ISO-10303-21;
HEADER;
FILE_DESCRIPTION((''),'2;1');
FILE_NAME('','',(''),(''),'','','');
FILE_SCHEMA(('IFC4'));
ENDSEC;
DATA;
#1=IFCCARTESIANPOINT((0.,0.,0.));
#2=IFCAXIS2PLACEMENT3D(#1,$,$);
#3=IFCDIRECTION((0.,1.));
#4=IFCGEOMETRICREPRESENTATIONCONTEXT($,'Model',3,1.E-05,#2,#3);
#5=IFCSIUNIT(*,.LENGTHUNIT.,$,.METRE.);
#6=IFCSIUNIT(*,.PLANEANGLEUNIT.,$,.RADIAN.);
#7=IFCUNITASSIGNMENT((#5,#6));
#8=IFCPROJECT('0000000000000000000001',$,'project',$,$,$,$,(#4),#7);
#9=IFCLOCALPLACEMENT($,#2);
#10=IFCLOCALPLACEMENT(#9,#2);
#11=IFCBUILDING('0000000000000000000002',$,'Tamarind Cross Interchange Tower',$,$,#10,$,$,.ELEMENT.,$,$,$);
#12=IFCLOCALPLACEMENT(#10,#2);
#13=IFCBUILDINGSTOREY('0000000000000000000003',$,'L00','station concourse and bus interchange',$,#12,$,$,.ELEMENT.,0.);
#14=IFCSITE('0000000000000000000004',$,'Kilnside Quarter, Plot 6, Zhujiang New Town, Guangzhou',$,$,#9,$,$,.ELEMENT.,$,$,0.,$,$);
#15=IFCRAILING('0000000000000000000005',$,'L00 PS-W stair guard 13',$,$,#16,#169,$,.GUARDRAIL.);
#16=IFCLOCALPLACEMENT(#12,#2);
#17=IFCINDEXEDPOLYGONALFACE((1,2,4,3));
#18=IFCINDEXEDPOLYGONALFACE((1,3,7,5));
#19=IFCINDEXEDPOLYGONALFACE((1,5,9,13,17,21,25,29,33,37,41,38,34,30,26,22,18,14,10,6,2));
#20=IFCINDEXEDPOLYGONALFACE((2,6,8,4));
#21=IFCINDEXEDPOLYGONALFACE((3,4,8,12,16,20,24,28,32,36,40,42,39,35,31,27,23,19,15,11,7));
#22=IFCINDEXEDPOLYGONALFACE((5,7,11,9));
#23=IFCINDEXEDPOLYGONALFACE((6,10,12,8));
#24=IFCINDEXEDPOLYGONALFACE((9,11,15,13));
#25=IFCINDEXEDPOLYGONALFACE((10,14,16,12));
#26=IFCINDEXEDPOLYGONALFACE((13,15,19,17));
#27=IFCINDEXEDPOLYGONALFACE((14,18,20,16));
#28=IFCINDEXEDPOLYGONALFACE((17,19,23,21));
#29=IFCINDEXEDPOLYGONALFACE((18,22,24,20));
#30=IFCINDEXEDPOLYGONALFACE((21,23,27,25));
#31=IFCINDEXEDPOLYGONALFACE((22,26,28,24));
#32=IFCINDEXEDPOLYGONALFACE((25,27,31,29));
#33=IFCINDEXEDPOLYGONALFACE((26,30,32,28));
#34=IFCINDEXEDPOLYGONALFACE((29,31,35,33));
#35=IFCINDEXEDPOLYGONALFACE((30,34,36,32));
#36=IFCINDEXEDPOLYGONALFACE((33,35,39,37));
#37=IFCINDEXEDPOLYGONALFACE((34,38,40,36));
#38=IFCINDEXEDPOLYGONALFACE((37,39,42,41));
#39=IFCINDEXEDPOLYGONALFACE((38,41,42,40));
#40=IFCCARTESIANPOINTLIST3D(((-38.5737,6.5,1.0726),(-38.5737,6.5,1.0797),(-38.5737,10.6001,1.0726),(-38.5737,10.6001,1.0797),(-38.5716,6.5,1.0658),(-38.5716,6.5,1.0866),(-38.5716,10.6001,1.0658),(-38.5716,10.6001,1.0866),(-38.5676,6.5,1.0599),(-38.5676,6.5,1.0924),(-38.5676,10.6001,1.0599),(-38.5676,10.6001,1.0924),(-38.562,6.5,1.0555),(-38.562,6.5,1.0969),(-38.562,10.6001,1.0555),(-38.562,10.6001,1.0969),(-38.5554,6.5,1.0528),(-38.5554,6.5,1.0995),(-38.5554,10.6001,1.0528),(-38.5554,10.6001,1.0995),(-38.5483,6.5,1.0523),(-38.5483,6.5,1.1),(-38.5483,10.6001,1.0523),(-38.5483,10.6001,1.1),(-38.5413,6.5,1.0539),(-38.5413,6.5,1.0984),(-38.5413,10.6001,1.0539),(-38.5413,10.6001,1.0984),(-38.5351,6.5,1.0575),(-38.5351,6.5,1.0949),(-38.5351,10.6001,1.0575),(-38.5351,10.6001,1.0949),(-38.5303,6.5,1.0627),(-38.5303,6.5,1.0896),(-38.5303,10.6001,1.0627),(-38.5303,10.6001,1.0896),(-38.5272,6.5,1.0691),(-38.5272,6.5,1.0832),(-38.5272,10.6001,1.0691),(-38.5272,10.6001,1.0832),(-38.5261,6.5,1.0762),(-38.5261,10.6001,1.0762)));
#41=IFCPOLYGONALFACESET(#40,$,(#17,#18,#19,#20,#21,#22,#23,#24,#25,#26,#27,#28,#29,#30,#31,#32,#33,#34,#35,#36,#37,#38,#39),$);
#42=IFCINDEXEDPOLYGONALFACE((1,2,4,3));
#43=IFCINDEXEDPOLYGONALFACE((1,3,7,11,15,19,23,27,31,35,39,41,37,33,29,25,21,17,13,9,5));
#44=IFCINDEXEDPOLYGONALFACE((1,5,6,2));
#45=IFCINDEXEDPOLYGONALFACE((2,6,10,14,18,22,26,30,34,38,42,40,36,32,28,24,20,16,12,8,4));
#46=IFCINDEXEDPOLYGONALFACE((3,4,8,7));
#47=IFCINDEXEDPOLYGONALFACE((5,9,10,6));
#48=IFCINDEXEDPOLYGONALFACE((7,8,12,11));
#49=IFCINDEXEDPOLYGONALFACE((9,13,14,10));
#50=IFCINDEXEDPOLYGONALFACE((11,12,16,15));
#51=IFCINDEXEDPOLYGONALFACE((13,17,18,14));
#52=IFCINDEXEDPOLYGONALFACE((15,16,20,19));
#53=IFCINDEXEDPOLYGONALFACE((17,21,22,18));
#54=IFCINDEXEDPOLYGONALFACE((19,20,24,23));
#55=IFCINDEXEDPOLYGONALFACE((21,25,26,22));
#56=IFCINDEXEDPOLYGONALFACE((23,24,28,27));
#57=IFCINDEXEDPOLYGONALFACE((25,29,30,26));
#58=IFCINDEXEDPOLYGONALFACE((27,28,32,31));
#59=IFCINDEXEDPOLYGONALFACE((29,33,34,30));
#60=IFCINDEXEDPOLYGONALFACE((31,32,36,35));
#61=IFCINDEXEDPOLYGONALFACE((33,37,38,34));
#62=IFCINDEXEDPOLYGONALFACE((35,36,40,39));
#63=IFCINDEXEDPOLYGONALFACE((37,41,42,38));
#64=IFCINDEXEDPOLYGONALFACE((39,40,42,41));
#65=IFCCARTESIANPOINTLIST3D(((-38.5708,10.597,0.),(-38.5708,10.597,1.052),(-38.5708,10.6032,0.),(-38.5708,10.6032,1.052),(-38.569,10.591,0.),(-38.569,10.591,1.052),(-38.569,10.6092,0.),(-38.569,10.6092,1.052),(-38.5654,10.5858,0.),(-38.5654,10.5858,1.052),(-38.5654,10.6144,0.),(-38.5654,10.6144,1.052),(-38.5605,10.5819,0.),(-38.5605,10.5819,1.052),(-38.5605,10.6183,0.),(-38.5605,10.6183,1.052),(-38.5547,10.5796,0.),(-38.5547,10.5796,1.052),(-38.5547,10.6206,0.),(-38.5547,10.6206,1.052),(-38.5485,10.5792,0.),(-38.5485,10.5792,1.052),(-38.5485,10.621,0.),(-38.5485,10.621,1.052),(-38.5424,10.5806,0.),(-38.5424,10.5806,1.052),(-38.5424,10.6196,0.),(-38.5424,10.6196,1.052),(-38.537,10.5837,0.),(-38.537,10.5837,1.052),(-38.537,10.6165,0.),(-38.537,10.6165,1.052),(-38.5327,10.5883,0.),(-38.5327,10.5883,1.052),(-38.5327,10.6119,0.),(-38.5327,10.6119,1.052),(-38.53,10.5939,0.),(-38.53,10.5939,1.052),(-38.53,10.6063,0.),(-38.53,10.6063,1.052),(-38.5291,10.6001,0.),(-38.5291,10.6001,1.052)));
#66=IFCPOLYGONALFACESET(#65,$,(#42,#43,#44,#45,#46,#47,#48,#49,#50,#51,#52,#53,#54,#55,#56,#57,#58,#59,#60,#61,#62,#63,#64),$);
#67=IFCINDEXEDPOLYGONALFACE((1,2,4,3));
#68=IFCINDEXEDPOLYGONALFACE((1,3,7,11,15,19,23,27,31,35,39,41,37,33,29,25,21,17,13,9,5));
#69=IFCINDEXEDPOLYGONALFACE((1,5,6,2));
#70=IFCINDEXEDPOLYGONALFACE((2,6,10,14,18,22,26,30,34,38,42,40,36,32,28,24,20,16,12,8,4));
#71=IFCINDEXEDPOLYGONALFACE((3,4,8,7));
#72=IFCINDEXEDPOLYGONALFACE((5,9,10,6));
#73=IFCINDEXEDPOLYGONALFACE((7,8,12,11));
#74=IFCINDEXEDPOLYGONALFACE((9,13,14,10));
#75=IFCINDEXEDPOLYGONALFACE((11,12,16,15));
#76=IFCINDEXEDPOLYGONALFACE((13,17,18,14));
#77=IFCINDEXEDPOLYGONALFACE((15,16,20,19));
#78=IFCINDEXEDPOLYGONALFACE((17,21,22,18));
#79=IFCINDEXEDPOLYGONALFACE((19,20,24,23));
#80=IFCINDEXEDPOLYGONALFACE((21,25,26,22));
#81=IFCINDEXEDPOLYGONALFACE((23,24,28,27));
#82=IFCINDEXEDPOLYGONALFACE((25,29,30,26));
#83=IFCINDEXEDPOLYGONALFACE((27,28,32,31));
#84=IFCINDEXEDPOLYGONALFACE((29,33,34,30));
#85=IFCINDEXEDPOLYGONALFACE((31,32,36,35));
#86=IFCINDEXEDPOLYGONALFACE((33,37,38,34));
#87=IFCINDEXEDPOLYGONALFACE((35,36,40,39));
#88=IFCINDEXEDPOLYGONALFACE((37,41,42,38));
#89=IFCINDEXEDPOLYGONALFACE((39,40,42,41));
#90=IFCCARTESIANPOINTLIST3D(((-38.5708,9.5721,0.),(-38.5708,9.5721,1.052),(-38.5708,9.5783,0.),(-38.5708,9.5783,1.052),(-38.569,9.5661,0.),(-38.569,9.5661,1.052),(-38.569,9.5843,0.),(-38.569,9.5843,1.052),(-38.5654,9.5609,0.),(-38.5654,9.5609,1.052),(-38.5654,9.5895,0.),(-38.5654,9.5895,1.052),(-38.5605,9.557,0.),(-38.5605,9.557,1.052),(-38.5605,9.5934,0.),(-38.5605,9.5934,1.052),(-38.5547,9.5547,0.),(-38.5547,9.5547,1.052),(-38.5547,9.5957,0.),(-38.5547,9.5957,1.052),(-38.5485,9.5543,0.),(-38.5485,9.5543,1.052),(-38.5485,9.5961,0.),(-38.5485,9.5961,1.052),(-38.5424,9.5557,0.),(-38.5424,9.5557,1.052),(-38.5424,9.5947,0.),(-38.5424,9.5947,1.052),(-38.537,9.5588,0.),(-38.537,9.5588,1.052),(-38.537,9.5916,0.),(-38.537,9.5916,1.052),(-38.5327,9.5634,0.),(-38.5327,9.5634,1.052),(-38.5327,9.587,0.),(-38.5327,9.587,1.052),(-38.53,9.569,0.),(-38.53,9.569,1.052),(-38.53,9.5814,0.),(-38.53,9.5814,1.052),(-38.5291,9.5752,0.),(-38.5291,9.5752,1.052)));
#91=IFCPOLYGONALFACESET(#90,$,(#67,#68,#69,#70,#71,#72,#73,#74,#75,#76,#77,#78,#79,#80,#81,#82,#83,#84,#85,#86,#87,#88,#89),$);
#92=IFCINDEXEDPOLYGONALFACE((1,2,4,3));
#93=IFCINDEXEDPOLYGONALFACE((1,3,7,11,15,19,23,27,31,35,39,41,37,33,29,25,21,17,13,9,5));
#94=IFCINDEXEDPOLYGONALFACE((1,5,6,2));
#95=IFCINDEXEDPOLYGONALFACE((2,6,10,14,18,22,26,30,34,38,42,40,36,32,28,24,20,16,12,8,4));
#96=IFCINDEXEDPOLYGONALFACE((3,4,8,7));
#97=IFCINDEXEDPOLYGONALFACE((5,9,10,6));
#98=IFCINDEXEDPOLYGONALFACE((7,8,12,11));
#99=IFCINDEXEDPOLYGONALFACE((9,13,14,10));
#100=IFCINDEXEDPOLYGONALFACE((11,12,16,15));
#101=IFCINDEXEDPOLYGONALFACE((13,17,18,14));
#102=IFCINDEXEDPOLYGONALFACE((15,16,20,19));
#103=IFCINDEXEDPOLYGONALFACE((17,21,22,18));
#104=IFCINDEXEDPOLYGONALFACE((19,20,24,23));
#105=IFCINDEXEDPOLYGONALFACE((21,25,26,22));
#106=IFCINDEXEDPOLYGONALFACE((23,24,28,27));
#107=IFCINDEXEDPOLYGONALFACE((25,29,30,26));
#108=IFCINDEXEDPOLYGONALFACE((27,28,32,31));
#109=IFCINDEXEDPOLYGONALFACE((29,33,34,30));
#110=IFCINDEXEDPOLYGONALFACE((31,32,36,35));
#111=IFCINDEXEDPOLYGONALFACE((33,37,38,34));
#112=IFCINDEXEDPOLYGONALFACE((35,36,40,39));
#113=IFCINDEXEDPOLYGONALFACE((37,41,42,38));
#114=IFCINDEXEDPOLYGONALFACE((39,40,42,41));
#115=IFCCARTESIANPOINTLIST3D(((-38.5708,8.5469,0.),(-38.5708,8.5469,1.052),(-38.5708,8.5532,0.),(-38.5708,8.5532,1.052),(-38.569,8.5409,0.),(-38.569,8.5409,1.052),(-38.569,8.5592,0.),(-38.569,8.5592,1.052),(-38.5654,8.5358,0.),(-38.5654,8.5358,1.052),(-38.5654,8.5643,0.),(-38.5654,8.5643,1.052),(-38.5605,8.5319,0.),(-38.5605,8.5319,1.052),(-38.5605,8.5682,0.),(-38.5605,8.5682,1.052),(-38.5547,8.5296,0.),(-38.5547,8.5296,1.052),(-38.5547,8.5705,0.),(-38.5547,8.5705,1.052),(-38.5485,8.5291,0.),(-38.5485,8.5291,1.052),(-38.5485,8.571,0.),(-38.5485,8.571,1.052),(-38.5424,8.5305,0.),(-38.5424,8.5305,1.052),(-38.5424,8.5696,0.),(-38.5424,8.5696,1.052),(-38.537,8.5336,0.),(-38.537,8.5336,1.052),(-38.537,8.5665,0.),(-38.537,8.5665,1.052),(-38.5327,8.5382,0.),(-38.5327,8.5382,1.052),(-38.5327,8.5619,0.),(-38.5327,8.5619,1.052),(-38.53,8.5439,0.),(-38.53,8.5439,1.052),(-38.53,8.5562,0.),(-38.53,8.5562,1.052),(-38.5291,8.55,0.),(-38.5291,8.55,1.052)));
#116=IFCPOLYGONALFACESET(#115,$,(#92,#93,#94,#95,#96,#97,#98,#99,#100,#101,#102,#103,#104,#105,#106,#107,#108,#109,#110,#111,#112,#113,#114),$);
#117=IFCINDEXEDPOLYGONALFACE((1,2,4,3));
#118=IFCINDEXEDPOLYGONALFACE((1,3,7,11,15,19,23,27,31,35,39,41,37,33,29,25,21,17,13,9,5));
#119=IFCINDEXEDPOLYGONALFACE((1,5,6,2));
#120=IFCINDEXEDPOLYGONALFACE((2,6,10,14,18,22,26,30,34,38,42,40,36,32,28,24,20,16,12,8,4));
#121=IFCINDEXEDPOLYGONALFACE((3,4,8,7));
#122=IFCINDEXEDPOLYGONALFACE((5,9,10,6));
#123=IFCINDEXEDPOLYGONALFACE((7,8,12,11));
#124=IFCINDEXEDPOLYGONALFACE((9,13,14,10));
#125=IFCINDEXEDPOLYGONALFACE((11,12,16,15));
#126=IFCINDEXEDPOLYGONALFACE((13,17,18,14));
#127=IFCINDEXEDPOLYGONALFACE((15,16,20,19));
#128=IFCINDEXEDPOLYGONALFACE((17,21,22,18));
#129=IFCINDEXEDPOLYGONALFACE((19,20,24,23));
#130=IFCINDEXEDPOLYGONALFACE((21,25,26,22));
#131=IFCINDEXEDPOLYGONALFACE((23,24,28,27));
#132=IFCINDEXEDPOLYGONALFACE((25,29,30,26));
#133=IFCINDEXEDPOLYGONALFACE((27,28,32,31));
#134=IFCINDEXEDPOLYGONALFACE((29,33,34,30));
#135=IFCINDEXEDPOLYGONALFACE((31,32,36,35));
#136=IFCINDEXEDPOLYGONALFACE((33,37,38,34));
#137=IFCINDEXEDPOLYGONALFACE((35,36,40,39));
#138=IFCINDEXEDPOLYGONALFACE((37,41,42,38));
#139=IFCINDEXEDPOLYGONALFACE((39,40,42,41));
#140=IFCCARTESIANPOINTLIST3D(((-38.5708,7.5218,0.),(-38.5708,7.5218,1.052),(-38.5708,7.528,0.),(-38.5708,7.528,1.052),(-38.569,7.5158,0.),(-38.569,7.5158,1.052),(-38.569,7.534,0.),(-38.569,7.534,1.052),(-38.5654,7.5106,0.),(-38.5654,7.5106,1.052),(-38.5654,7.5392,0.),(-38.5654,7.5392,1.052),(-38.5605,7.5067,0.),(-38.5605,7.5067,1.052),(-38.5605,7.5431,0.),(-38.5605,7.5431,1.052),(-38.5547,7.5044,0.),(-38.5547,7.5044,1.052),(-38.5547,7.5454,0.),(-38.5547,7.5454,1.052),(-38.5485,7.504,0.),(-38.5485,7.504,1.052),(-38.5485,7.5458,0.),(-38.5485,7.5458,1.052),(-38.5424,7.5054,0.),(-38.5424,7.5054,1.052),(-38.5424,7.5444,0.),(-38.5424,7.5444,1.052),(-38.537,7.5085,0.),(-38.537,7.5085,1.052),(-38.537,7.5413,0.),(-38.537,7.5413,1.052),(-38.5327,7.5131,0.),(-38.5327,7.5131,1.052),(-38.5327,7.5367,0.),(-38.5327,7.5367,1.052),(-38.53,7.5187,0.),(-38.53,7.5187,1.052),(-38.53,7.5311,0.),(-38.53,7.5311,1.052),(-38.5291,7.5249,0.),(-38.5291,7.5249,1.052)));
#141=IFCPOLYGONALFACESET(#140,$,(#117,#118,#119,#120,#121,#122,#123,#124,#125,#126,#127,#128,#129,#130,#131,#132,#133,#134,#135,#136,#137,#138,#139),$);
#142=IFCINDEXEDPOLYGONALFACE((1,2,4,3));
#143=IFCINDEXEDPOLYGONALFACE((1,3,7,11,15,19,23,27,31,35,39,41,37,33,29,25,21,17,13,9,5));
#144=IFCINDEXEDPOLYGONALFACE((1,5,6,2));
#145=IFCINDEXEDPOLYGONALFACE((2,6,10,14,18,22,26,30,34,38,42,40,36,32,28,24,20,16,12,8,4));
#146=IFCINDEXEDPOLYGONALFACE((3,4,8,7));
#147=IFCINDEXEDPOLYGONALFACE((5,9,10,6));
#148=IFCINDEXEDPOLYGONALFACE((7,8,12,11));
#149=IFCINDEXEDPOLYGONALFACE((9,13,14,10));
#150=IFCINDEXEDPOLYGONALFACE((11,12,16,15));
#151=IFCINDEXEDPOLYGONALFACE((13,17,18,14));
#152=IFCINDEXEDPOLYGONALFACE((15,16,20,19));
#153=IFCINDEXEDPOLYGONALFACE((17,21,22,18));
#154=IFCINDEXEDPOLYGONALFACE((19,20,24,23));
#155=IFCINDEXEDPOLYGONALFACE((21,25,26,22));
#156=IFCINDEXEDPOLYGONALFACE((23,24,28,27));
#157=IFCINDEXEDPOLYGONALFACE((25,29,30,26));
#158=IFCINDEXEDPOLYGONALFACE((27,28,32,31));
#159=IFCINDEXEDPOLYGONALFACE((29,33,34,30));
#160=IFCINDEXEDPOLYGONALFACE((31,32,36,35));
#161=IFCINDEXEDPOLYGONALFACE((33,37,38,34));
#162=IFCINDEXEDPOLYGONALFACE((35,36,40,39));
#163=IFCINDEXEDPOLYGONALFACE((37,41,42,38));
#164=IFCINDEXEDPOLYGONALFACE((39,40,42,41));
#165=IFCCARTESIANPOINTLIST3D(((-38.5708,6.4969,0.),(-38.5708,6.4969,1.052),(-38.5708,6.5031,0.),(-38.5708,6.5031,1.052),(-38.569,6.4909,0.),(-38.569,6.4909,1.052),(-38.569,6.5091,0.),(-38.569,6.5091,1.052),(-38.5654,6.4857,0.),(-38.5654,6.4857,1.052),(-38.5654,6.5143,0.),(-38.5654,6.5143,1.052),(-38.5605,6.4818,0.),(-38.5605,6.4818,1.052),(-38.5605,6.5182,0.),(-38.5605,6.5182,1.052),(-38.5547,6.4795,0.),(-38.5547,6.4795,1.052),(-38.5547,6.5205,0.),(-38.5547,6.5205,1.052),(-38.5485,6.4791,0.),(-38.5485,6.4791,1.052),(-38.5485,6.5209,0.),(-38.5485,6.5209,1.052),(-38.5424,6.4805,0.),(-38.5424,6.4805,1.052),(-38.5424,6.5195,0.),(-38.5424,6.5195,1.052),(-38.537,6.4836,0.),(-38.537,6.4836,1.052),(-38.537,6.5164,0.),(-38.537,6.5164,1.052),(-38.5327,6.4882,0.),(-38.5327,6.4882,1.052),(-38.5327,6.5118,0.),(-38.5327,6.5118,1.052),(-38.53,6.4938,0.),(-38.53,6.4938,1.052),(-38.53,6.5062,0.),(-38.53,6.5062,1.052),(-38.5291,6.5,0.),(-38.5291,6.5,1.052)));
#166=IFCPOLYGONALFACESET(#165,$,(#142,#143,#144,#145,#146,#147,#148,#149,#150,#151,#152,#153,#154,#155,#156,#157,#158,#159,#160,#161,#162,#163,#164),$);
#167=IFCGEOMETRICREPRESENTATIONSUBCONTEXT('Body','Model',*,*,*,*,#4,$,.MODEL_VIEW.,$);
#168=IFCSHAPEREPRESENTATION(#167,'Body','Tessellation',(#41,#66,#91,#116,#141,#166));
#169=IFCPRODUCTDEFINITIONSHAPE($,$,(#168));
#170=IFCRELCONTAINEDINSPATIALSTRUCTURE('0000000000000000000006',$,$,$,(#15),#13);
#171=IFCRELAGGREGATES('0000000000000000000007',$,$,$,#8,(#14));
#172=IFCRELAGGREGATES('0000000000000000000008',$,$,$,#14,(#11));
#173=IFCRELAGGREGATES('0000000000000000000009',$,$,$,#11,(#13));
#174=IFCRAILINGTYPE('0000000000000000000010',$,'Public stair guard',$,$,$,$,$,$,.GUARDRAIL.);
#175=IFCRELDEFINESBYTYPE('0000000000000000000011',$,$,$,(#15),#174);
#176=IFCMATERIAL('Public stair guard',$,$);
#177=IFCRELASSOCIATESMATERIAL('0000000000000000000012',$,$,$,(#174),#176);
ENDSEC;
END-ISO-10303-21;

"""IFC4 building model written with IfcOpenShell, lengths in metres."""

from ifc_helpers import new_model, si_unit, direction, frame, origin, origin_2d, place, context, subcontext, project, spatial, circle, extrude, material, type_object, element, save


model = new_model("IFC4")

# Units and contexts
model_context = context("Model", 3, precision=1e-05, world=origin(), true_north=direction((0.0, 1.0)))
body_context = subcontext(model_context, "Body", "Model", "MODEL_VIEW")
ifc_project = project(units=[si_unit("LENGTHUNIT", "METRE"), si_unit("PLANEANGLEUNIT", "RADIAN")], contexts=[model_context])

# Site, building, storey
site_placement = place(None, origin())
site = spatial("IfcSite", under=ifc_project, at=site_placement, Name="Kilnside Quarter, Plot 6, Zhujiang New Town, Guangzhou", CompositionType="ELEMENT", RefElevation=0.0)
building_placement = place(site_placement, origin())
building = spatial("IfcBuilding", under=site, at=building_placement, Name="Tamarind Cross Interchange Tower", CompositionType="ELEMENT")
storey_placement = place(building_placement, origin())
storey = spatial("IfcBuildingStorey", under=building, at=storey_placement, Name="L00", Description="station concourse and bus interchange", CompositionType="ELEMENT", Elevation=0.0)

# Railing
ifc_material_1 = material(Name="Public stair guard")
railing_type_1 = type_object("IfcRailingType", Name="Public stair guard", PredefinedType="GUARDRAIL", material=ifc_material_1)
railing_1_placement = place(storey_placement, frame((-38.55, 10.6001, 0.0)))
element("IfcRailing", 1, at=railing_1_placement, inside=storey, type_object=railing_type_1, Name="L00 PS-W stair guard 13", PredefinedType="GUARDRAIL", context=body_context, shape_type="SweptSolid", body=[
    extrude(circle(Radius=0.0239, at=origin_2d()), frame((0.0, 0.0, 1.0762), z_axis=(0.0, -1.0, 0.0), x_axis=(1.0, 0.0, 0.0)), (0.0, 0.0, 1.0), 4.1001),
    extrude(circle(Radius=0.021, at=origin_2d()), origin(), (0.0, 0.0, 1.0), 1.052),
    extrude(circle(Radius=0.021, at=origin_2d()), frame((0.0, -1.0249, 0.0)), (0.0, 0.0, 1.0), 1.052),
    extrude(circle(Radius=0.021, at=origin_2d()), frame((0.0, -2.05, 0.0)), (0.0, 0.0, 1.0), 1.052),
    extrude(circle(Radius=0.021, at=origin_2d()), frame((0.0, -3.0752, 0.0)), (0.0, 0.0, 1.0), 1.052),
    extrude(circle(Radius=0.021, at=origin_2d()), frame((0.0, -4.1001, 0.0)), (0.0, 0.0, 1.0), 1.052),
])

save(model, "model.ifc")
